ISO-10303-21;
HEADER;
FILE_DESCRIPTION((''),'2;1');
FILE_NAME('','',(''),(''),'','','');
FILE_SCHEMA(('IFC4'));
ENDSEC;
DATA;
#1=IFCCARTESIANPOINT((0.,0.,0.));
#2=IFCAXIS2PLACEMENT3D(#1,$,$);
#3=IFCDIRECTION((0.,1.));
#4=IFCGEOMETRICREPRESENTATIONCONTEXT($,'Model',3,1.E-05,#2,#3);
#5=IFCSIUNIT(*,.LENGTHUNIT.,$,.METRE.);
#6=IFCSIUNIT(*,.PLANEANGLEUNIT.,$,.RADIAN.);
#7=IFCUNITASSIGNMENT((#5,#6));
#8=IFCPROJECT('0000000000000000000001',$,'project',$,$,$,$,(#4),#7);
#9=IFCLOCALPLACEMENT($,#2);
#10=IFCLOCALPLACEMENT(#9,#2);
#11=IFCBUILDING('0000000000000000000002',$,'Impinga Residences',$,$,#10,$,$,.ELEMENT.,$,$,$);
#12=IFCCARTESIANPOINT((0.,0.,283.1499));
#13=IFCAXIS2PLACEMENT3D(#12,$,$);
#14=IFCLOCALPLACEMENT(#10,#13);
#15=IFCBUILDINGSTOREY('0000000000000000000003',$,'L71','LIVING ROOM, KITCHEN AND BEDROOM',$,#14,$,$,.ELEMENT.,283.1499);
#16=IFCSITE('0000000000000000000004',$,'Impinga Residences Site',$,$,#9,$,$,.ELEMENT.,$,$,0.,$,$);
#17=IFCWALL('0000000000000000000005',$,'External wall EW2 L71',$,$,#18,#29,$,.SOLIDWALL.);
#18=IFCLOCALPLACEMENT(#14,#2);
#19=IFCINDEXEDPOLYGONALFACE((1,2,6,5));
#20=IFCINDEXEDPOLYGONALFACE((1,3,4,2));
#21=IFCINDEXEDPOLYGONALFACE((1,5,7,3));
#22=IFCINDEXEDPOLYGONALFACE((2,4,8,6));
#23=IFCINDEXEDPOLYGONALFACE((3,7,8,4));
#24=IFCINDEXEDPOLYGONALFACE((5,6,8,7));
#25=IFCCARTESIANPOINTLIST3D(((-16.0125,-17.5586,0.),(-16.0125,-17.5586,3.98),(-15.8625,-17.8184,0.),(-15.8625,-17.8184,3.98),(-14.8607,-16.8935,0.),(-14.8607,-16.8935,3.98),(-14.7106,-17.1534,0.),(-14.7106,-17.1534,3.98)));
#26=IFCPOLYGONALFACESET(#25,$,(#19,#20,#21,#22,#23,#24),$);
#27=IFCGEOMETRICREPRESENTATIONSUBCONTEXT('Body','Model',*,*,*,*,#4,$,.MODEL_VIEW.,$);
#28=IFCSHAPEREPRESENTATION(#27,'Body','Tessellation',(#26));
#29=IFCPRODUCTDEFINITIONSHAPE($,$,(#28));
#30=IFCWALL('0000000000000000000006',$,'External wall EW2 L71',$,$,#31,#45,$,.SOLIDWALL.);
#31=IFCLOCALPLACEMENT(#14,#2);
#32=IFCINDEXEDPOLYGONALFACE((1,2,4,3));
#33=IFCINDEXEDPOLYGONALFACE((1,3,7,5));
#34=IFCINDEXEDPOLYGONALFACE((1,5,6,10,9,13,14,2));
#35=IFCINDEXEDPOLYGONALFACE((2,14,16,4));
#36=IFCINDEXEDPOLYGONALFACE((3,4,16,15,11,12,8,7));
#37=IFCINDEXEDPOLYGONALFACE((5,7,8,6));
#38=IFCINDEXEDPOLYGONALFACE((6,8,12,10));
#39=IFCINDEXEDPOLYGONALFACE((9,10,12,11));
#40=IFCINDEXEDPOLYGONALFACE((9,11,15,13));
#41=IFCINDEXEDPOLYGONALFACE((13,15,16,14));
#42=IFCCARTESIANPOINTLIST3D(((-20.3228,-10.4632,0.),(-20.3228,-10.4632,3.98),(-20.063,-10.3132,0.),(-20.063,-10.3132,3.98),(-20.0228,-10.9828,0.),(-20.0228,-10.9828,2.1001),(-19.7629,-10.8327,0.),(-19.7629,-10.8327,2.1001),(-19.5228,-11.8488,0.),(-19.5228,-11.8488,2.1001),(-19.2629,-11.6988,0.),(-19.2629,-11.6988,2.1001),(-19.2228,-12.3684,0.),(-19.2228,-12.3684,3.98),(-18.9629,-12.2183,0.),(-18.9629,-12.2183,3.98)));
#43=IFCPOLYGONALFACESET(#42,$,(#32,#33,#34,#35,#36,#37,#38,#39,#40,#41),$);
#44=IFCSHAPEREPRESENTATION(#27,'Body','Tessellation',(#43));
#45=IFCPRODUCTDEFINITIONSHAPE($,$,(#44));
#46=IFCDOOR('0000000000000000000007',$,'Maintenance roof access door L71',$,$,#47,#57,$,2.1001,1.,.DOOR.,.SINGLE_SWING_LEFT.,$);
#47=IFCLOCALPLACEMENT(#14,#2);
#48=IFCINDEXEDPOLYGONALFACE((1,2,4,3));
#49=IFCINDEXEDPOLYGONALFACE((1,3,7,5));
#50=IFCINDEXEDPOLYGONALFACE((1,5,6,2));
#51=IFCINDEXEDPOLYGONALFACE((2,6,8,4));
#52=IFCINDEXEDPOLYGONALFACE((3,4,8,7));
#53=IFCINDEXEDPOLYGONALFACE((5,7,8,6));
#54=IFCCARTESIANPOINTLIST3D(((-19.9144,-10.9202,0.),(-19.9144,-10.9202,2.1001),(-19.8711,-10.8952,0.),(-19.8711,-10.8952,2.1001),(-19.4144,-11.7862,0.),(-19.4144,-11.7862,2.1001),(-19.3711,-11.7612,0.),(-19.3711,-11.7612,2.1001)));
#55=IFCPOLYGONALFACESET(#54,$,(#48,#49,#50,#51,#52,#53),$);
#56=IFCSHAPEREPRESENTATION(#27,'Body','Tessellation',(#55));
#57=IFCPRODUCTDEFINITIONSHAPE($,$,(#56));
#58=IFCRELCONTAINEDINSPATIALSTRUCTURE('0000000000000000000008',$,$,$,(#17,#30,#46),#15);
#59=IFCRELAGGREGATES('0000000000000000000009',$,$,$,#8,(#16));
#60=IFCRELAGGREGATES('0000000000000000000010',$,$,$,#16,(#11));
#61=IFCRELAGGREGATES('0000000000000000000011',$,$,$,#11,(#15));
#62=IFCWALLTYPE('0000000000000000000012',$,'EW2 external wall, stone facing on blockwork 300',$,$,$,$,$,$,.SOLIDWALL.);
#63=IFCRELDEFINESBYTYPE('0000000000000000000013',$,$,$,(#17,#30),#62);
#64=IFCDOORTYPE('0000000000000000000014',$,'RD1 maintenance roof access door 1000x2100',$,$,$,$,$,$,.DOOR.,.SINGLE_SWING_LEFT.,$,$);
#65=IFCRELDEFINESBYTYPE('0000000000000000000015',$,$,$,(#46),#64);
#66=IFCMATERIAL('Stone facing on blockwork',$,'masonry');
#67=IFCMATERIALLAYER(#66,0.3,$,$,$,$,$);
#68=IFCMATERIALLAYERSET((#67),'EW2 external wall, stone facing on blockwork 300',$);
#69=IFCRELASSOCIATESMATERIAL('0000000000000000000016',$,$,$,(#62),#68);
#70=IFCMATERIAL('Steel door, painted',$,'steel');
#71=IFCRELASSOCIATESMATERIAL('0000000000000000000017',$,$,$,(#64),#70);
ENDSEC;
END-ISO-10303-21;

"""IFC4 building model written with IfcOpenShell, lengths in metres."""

from ifc_helpers import new_model, si_unit, direction, frame, frame_2d, origin, place, context, subcontext, project, spatial, rectangle, extrude, material, layer, layer_set, type_object, element, fill, save


model = new_model("IFC4")

# Units and contexts
model_context = context("Model", 3, precision=1e-05, world=origin(), true_north=direction((0.0, 1.0)))
body_context = subcontext(model_context, "Body", "Model", "MODEL_VIEW")
ifc_project = project(units=[si_unit("LENGTHUNIT", "METRE"), si_unit("PLANEANGLEUNIT", "RADIAN")], contexts=[model_context])

# Site, building, storey
site_placement = place(None, origin())
site = spatial("IfcSite", under=ifc_project, at=site_placement, Name="Impinga Residences Site", CompositionType="ELEMENT", RefElevation=0.0)
building_placement = place(site_placement, origin())
building = spatial("IfcBuilding", under=site, at=building_placement, Name="Impinga Residences", CompositionType="ELEMENT")
storey_placement = place(building_placement, frame((0.0, 0.0, 283.1499)))
storey = spatial("IfcBuildingStorey", under=building, at=storey_placement, Name="L71", Description="LIVING ROOM, KITCHEN AND BEDROOM", CompositionType="ELEMENT", Elevation=283.1499)

# Wall
ifc_material_1 = material(Name="Stone facing on blockwork", Category="masonry")
ifc_layer_1 = layer(ifc_material_1, 0.3)
ifc_layer_set_1 = layer_set([ifc_layer_1], Name="EW2 external wall, stone facing on blockwork 300")
wall_type_1 = type_object("IfcWallType", Name="EW2 external wall, stone facing on blockwork 300", PredefinedType="SOLIDWALL", material=ifc_layer_set_1)
wall_1_placement = place(storey_placement, frame((-14.7856, -17.0234, 0.0), z_axis=(0.0, 0.0, 1.0), x_axis=(-0.866021, -0.500008, 0.0)))
element("IfcWall", 1, at=wall_1_placement, inside=storey, type_object=wall_type_1, Name="External wall EW2 L71", PredefinedType="SOLIDWALL", context=body_context, shape_type="SweptSolid", body=[
    extrude(rectangle(XDim=1.3301, YDim=0.3, at=frame_2d((0.665, 0.0))), origin(), (0.0, 0.0, 1.0), 3.98),
])

# Wall, opening, door
wall_2_placement = place(storey_placement, frame((-19.0928, -12.2935, 0.0), z_axis=(0.0, 0.0, 1.0), x_axis=(-0.50003, 0.866008, 0.0)))
wall_2 = element("IfcWall", 2, at=wall_2_placement, inside=storey, type_object=wall_type_1, Name="External wall EW2 L71", PredefinedType="SOLIDWALL", context=body_context, shape_type="SweptSolid", body=[
    extrude(rectangle(XDim=2.2, YDim=0.3, at=frame_2d((1.1001, 0.0))), origin(), (0.0, 0.0, 1.0), 3.98),
])
opening_1_placement = place(wall_2_placement, frame((0.6001, 0.0, 0.0)))
opening_1 = element("IfcOpeningElement", 3, at=opening_1_placement, cuts=wall_2, PredefinedType="OPENING", context=body_context, shape_type="SweptSolid", body=[
    extrude(rectangle(XDim=1.0, YDim=2.1001, at=frame_2d((0.5, 1.05))), frame((0.0, 0.1599, 0.0), z_axis=(0.0, -1.0, 0.0), x_axis=(1.0, 0.0, 0.0)), (0.0, 0.0, 1.0), 0.3201),
])
ifc_material_2 = material(Name="Steel door, painted", Category="steel")
door_type_1 = type_object("IfcDoorType", Name="RD1 maintenance roof access door 1000x2100", OperationType="SINGLE_SWING_LEFT", PredefinedType="DOOR", material=ifc_material_2)
door_1_placement = place(opening_1_placement, origin())
door_1 = element("IfcDoor", 4, at=door_1_placement, inside=storey, type_object=door_type_1, Name="Maintenance roof access door L71", OperationType="SINGLE_SWING_LEFT", OverallHeight=2.1001, OverallWidth=1.0, PredefinedType="DOOR", context=body_context, shape_type="SweptSolid", body=[
    extrude(rectangle(XDim=1.0, YDim=2.1001, at=frame_2d((0.5, 1.05))), frame((0.0, 0.0249, 0.0), z_axis=(0.0, -1.0, 0.0), x_axis=(1.0, 0.0, 0.0)), (0.0, 0.0, 1.0), 0.05),
])
fill(opening_1, door_1)

save(model, "model.ifc")
